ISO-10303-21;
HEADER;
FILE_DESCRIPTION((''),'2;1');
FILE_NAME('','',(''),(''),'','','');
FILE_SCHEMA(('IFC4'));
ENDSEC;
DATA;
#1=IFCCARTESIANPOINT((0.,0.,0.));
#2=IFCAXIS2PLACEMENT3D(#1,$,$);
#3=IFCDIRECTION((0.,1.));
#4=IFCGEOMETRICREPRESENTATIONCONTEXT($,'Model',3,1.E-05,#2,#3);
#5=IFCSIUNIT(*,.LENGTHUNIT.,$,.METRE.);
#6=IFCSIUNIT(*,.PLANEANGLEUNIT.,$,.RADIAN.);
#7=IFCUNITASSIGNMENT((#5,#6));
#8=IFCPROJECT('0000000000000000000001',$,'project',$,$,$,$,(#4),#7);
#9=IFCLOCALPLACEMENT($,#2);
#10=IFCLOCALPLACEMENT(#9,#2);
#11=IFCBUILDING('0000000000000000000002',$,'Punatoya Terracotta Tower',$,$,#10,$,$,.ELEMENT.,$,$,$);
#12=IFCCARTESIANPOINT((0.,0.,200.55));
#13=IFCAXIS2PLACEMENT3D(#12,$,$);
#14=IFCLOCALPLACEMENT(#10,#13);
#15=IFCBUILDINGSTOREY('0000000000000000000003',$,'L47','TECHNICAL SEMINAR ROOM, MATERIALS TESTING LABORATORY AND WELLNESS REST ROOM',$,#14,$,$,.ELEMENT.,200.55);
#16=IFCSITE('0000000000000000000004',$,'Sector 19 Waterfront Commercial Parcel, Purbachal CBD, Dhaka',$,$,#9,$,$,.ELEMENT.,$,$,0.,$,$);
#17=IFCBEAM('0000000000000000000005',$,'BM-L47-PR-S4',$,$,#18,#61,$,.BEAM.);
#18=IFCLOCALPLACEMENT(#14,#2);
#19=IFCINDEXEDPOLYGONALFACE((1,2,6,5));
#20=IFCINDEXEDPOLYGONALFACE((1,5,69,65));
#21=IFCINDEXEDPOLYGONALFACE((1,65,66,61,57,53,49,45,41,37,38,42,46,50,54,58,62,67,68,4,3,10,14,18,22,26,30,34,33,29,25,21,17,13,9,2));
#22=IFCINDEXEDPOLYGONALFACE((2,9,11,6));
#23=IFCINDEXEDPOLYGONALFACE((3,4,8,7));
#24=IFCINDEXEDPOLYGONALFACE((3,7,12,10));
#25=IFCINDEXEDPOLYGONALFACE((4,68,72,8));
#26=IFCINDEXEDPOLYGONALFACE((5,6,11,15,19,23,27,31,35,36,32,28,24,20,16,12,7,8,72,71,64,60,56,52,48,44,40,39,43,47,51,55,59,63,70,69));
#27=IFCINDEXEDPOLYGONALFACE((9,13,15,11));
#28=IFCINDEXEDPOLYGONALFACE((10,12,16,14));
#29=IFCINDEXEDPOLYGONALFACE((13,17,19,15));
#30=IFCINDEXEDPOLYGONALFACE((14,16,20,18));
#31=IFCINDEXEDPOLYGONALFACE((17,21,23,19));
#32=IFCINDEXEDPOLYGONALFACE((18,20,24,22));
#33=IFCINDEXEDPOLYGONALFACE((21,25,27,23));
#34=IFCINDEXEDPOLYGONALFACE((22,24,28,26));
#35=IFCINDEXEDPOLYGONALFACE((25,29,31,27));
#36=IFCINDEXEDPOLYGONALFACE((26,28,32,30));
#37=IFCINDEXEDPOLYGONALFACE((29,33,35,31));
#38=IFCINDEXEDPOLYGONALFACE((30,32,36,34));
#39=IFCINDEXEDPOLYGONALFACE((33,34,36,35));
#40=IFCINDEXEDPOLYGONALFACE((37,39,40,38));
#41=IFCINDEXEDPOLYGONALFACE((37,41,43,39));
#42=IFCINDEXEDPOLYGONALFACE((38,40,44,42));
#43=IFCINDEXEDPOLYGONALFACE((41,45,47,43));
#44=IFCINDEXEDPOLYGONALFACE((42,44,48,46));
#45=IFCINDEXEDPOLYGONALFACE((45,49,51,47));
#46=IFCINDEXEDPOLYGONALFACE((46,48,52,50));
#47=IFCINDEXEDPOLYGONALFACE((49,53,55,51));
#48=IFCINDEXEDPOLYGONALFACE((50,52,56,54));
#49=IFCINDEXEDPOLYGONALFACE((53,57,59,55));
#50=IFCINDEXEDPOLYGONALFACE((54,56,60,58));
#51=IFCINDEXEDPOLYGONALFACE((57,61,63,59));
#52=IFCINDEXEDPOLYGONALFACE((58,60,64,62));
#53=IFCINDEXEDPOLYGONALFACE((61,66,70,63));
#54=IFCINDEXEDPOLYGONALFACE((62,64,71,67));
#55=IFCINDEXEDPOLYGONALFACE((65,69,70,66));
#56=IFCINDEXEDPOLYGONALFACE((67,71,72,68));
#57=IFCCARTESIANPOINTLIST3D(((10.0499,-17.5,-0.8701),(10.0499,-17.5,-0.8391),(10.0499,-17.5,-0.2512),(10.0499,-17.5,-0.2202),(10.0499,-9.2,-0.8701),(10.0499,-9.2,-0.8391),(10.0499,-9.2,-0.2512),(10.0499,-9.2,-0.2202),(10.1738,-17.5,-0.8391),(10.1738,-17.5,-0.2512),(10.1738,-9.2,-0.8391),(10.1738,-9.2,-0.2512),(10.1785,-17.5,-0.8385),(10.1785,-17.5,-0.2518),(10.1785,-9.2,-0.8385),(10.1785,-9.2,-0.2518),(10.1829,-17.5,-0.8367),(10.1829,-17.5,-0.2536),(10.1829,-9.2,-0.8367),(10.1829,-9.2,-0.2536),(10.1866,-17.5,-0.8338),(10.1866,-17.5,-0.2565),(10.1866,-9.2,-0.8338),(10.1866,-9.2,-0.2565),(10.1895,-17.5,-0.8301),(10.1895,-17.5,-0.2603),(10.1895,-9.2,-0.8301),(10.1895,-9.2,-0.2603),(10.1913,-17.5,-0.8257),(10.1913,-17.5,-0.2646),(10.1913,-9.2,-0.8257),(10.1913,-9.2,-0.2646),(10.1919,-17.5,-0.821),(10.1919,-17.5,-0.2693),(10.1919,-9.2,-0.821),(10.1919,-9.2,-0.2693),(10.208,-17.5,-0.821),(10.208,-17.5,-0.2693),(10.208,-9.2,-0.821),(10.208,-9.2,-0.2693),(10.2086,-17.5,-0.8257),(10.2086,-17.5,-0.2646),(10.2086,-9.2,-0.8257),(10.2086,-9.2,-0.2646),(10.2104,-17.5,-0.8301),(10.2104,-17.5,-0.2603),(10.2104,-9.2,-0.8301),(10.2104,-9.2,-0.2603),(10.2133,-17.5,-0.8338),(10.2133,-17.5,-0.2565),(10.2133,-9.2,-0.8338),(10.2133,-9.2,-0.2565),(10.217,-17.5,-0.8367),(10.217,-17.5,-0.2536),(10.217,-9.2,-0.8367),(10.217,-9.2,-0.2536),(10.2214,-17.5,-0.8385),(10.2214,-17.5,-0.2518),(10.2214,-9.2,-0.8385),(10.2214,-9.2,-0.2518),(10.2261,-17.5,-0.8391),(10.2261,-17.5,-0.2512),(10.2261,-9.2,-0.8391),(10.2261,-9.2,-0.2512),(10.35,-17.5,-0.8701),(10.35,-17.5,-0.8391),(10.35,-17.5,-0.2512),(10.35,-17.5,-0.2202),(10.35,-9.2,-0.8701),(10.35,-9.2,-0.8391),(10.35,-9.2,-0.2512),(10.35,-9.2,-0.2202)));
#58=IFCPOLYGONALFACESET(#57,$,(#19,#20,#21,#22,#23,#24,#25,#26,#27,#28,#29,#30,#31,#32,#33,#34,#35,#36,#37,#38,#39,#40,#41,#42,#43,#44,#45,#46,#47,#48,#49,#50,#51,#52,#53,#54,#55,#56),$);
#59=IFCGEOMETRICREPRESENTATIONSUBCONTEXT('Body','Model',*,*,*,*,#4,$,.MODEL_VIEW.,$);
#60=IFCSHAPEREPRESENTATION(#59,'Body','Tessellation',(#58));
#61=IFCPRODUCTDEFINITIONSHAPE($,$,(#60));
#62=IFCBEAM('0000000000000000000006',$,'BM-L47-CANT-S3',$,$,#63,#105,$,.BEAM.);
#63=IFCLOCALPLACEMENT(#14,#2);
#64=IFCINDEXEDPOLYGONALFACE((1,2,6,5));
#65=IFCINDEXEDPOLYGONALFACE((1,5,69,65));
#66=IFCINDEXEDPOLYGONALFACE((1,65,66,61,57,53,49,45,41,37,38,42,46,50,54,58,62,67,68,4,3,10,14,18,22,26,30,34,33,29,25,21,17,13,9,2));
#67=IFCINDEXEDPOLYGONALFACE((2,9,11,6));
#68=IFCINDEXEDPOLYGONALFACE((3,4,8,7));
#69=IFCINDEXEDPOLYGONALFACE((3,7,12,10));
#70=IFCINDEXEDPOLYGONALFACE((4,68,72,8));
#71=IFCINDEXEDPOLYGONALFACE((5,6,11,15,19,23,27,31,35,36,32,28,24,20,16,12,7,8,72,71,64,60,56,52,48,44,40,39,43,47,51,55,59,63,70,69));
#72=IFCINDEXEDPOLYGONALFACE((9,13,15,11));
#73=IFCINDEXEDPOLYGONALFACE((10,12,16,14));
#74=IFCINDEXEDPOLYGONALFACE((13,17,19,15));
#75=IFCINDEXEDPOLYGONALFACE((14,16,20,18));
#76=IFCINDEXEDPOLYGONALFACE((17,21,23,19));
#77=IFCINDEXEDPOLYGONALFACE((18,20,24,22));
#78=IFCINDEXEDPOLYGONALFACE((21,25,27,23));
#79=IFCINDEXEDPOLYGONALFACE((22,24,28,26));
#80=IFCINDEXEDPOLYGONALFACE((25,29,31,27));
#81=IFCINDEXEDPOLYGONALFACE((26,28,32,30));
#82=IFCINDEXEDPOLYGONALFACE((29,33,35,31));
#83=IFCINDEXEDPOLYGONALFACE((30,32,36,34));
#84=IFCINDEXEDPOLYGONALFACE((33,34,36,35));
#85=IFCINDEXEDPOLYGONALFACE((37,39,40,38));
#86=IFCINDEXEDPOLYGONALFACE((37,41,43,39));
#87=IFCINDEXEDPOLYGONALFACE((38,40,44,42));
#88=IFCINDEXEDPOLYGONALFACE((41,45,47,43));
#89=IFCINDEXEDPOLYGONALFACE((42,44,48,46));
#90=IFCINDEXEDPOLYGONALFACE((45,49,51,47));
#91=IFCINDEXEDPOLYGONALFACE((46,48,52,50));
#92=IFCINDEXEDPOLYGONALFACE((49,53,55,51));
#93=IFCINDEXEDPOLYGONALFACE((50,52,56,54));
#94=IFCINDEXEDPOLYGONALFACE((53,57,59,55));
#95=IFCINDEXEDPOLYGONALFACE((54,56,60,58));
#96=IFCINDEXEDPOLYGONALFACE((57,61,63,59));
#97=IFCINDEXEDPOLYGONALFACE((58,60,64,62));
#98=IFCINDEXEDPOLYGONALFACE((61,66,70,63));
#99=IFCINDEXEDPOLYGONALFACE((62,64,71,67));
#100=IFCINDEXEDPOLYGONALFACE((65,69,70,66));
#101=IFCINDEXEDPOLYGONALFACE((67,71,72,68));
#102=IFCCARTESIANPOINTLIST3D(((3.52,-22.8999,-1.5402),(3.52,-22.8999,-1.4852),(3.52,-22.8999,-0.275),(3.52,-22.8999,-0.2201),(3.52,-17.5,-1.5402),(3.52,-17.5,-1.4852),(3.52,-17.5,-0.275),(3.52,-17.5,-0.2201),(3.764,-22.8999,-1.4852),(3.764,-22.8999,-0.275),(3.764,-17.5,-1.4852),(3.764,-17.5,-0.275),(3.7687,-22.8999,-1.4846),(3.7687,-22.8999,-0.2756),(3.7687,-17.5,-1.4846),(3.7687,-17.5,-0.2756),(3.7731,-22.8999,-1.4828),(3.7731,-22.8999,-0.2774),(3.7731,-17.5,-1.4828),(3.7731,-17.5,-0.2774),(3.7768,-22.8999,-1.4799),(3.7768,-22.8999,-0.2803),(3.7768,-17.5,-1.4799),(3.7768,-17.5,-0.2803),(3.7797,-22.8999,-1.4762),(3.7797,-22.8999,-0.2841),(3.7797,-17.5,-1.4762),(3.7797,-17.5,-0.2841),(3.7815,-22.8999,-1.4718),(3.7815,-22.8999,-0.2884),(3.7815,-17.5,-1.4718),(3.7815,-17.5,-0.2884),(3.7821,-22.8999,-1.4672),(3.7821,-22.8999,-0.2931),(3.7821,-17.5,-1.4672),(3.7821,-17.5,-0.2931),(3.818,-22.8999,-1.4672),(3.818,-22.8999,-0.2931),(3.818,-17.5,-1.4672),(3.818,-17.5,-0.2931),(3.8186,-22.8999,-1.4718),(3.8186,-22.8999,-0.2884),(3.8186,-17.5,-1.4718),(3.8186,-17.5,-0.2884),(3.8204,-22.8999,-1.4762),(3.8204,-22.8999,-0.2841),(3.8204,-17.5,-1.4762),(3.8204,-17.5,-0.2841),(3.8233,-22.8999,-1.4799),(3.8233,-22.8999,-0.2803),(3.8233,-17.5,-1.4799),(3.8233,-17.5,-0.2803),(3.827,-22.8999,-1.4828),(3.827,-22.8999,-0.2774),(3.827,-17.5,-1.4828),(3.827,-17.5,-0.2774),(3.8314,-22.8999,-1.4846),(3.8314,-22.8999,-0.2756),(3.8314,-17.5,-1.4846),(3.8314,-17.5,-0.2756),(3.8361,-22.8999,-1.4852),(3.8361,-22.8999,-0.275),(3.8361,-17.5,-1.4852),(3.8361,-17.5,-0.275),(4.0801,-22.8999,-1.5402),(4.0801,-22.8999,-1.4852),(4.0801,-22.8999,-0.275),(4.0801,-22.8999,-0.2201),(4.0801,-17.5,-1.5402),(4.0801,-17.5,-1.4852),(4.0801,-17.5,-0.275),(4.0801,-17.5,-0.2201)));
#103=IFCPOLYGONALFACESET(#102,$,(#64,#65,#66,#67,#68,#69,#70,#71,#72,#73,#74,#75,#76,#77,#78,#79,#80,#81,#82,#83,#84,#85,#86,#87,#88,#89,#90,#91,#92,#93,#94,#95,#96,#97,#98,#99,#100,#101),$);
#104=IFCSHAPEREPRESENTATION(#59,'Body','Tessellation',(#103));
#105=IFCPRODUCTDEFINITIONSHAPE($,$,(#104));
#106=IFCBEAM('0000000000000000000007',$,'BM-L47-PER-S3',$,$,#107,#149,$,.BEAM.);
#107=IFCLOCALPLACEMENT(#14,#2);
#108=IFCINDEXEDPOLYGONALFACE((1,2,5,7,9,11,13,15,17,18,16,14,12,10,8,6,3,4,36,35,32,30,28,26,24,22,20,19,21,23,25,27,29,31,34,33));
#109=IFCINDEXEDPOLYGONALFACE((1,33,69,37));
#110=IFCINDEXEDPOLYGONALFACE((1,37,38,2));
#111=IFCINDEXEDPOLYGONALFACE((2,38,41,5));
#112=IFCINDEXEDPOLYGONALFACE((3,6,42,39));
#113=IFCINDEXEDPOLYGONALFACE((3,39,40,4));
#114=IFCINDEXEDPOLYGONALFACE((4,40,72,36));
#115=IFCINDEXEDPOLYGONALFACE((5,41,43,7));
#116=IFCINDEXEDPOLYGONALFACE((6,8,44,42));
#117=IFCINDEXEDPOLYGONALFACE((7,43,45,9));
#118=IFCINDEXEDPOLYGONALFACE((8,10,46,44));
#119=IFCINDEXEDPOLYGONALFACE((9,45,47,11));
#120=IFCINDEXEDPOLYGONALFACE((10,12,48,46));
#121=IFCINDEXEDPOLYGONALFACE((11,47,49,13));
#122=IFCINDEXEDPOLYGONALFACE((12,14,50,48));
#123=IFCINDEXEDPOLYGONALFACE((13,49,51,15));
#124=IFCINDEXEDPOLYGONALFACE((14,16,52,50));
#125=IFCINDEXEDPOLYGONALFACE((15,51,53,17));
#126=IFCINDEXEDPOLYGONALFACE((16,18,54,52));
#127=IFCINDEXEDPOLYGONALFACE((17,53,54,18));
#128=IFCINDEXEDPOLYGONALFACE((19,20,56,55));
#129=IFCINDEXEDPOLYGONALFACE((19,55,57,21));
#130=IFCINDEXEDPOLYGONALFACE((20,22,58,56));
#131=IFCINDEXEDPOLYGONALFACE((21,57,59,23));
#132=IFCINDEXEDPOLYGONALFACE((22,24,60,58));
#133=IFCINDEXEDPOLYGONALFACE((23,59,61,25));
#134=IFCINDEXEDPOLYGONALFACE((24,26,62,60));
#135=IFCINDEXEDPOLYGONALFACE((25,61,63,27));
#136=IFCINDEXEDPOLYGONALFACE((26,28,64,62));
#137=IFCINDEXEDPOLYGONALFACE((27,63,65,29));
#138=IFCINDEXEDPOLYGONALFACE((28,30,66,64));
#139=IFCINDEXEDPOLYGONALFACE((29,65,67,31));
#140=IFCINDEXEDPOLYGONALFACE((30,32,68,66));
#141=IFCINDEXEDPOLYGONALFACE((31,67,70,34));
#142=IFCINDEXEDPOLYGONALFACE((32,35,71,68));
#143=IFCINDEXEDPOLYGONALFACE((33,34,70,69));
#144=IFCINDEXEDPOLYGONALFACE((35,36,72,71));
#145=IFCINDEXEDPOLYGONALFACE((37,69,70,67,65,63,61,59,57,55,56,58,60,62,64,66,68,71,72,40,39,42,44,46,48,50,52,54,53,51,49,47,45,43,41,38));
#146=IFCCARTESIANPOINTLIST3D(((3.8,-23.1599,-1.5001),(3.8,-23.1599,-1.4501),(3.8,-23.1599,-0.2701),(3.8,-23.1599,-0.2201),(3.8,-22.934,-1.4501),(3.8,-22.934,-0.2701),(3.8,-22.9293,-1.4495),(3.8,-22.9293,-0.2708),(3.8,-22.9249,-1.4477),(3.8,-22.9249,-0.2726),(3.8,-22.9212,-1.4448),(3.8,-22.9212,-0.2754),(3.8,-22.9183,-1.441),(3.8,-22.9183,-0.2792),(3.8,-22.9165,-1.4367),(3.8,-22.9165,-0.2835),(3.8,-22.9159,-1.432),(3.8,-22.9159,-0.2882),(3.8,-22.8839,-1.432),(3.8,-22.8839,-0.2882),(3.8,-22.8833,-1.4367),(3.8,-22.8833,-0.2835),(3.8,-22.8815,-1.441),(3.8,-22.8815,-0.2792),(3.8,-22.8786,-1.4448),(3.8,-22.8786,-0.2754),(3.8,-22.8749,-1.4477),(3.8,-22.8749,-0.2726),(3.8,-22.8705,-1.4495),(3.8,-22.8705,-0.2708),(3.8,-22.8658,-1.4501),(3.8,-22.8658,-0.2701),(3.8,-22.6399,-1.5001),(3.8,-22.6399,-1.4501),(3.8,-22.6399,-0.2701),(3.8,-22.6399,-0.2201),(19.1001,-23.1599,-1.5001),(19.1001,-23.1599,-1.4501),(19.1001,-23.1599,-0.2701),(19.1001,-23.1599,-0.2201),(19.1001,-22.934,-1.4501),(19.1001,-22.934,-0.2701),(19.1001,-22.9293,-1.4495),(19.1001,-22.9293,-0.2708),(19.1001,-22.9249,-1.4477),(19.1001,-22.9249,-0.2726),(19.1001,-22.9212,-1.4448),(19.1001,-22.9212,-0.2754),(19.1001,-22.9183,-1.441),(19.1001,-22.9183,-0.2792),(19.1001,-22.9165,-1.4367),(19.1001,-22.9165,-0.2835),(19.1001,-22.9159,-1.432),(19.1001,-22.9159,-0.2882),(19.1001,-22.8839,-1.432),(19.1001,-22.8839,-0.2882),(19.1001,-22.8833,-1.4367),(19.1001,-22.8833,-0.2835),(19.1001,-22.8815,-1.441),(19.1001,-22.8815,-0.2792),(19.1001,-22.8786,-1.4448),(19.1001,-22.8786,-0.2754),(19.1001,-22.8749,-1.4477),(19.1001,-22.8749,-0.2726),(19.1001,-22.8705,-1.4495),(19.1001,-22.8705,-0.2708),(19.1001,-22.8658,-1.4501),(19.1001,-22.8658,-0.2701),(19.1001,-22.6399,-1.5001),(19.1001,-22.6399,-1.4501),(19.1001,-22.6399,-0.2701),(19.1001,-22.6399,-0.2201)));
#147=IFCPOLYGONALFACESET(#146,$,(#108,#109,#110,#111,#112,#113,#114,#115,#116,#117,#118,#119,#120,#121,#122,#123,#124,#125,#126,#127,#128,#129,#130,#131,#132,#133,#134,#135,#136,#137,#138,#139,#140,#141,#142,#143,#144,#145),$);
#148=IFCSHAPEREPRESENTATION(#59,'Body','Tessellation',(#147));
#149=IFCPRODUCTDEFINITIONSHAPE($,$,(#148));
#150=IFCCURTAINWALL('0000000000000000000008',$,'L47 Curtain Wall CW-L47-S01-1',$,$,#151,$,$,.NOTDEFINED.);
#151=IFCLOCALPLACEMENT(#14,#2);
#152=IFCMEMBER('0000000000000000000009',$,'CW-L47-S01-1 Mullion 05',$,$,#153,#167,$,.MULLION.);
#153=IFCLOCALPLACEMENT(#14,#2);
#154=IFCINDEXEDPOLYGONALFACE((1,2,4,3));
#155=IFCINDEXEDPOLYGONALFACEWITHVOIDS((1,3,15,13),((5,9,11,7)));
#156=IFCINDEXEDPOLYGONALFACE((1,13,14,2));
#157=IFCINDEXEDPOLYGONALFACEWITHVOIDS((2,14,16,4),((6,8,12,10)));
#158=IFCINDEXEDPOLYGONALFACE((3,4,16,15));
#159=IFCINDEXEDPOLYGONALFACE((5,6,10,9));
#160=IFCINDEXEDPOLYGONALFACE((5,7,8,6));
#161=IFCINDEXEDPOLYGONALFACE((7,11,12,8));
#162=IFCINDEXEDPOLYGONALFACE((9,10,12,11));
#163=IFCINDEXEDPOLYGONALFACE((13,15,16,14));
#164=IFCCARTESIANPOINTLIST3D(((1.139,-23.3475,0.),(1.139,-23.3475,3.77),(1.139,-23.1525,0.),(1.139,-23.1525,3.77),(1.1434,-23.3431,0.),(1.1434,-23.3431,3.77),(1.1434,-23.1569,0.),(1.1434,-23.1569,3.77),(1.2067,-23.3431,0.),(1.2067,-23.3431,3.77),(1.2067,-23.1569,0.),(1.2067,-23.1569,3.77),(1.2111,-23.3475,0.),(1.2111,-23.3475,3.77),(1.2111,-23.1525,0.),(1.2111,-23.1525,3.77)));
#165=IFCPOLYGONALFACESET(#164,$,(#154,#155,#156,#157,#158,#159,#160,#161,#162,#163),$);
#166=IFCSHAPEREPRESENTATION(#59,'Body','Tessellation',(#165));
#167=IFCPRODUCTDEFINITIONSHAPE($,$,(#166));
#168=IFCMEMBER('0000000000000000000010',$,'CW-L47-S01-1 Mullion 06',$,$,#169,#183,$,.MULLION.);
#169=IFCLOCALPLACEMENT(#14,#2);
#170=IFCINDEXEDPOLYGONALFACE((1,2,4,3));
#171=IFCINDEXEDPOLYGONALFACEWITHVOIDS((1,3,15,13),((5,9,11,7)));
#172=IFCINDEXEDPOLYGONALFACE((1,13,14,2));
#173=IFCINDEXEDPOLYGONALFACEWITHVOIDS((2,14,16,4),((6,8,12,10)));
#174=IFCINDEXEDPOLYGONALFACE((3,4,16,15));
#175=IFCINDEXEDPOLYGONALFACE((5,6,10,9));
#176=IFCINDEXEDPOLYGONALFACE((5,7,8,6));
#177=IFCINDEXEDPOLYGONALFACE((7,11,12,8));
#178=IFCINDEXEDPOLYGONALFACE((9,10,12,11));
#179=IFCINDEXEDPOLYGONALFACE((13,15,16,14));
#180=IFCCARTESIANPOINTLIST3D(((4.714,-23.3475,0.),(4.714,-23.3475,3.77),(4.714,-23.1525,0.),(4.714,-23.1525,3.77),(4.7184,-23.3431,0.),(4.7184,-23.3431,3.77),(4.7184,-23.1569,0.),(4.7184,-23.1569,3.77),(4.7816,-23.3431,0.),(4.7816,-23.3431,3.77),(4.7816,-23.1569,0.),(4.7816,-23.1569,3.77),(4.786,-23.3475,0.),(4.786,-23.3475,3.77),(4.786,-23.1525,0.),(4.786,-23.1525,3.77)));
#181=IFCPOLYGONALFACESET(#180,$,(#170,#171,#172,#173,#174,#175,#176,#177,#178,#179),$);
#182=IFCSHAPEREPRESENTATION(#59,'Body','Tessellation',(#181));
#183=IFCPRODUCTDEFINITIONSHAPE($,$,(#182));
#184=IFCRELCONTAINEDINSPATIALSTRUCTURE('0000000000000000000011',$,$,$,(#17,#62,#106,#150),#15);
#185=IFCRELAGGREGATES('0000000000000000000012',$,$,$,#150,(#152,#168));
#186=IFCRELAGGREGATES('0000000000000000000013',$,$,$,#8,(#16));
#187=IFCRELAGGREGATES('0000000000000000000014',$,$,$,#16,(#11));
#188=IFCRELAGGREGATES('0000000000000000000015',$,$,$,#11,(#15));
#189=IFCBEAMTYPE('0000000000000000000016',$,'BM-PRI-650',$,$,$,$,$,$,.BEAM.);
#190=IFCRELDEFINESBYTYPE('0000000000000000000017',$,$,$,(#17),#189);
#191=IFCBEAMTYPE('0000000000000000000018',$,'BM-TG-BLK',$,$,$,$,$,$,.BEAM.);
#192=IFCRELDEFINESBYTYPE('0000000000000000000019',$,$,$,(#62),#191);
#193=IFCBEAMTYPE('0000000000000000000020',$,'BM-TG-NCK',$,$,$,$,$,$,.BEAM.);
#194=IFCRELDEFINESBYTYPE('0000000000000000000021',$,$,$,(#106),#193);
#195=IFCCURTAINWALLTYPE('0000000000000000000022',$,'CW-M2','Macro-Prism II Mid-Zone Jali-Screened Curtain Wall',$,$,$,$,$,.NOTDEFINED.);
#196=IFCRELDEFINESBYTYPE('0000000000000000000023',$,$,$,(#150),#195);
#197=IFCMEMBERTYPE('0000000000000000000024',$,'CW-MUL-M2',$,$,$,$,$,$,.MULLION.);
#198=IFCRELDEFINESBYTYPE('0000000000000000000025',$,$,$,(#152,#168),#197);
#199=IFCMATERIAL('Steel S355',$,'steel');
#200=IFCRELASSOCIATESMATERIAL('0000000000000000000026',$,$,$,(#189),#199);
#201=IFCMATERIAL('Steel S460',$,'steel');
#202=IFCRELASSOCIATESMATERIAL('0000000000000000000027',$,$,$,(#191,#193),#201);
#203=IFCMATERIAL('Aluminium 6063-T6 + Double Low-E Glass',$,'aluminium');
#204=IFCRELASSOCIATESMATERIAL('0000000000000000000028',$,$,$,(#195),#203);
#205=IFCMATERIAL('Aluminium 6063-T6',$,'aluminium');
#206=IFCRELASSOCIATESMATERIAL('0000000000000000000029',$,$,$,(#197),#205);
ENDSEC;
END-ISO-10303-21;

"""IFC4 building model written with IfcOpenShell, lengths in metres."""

from ifc_helpers import new_model, si_unit, direction, frame, origin, origin_2d, place, context, subcontext, project, spatial, hollow_rectangle, i_section, extrude, material, material_profile, profile_set, type_object, element, aggregate, save


model = new_model("IFC4")

# Units and contexts
model_context = context("Model", 3, precision=1e-05, world=origin(), true_north=direction((0.0, 1.0)))
body_context = subcontext(model_context, "Body", "Model", "MODEL_VIEW")
ifc_project = project(units=[si_unit("LENGTHUNIT", "METRE"), si_unit("PLANEANGLEUNIT", "RADIAN")], contexts=[model_context])

# Site, building, storey
site_placement = place(None, origin())
site = spatial("IfcSite", under=ifc_project, at=site_placement, Name="Sector 19 Waterfront Commercial Parcel, Purbachal CBD, Dhaka", CompositionType="ELEMENT", RefElevation=0.0)
building_placement = place(site_placement, origin())
building = spatial("IfcBuilding", under=site, at=building_placement, Name="Punatoya Terracotta Tower", CompositionType="ELEMENT")
storey_placement = place(building_placement, frame((0.0, 0.0, 200.55)))
storey = spatial("IfcBuildingStorey", under=building, at=storey_placement, Name="L47", Description="TECHNICAL SEMINAR ROOM, MATERIALS TESTING LABORATORY AND WELLNESS REST ROOM", CompositionType="ELEMENT", Elevation=200.55)

# Shared definitions
ifc_material_1 = material(Name="Steel S460", Category="steel")

# Beams
ifc_material_2 = material(Name="Steel S355", Category="steel")
ifc_material_profile_1 = material_profile(ifc_material_2, i_section(OverallWidth=0.3, OverallDepth=0.6499, WebThickness=0.0161, FlangeThickness=0.031, FilletRadius=0.0181, at=origin_2d()))
ifc_profile_set_1 = profile_set([ifc_material_profile_1], Name="Steel S355")
beam_type_1 = type_object("IfcBeamType", Name="BM-PRI-650", PredefinedType="BEAM", material=ifc_profile_set_1)
for number, where, z_axis, x_axis, name in (
    (1, (10.2, -17.5, -0.5452), (0.0, 1.0, 0.0), (-1.0, 0.0, 0.0), "BM-L47-PR-S4"),
):
    element("IfcBeam", number, at=place(storey_placement, frame(where, z_axis=z_axis, x_axis=x_axis)), inside=storey, type_object=beam_type_1, Name=name, PredefinedType="BEAM", context=body_context, shape_type="SweptSolid", body=[
        extrude(i_section(OverallWidth=0.3, OverallDepth=0.6499, WebThickness=0.0161, FlangeThickness=0.031, FilletRadius=0.0181, at=origin_2d()), origin(), (0.0, 0.0, 1.0), 8.3),
    ])
ifc_material_profile_2 = material_profile(ifc_material_1, i_section(OverallWidth=0.5601, OverallDepth=1.3201, WebThickness=0.0359, FlangeThickness=0.0549, FilletRadius=0.0181, at=origin_2d()))
ifc_profile_set_2 = profile_set([ifc_material_profile_2], Name="Steel S460")
beam_type_2 = type_object("IfcBeamType", Name="BM-TG-BLK", PredefinedType="BEAM", material=ifc_profile_set_2)
beam_1_placement = place(storey_placement, frame((3.8, -22.8999, -0.8801), z_axis=(0.0, 1.0, 0.0), x_axis=(-1.0, 0.0, 0.0)))
element("IfcBeam", 2, at=beam_1_placement, inside=storey, type_object=beam_type_2, Name="BM-L47-CANT-S3", PredefinedType="BEAM", context=body_context, shape_type="SweptSolid", body=[
    extrude(i_section(OverallWidth=0.5601, OverallDepth=1.3201, WebThickness=0.0359, FlangeThickness=0.0549, FilletRadius=0.0181, at=origin_2d()), origin(), (0.0, 0.0, 1.0), 5.3999),
])
ifc_material_profile_3 = material_profile(ifc_material_1, i_section(OverallWidth=0.52, OverallDepth=1.28, WebThickness=0.032, FlangeThickness=0.05, FilletRadius=0.0181, at=origin_2d()))
ifc_profile_set_3 = profile_set([ifc_material_profile_3], Name="Steel S460")
beam_type_3 = type_object("IfcBeamType", Name="BM-TG-NCK", PredefinedType="BEAM", material=ifc_profile_set_3)
beam_2_placement = place(storey_placement, frame((3.8, -22.8999, -0.8601), z_axis=(1.0, 0.0, 0.0), x_axis=(0.0, 1.0, 0.0)))
element("IfcBeam", 3, at=beam_2_placement, inside=storey, type_object=beam_type_3, Name="BM-L47-PER-S3", PredefinedType="BEAM", context=body_context, shape_type="SweptSolid", body=[
    extrude(i_section(OverallWidth=0.52, OverallDepth=1.28, WebThickness=0.032, FlangeThickness=0.05, FilletRadius=0.0181, at=origin_2d()), origin(), (0.0, 0.0, 1.0), 15.3),
])

# Curtain wall, members
ifc_material_3 = material(Name="Aluminium 6063-T6 + Double Low-E Glass", Category="aluminium")
curtain_wall_type = type_object("IfcCurtainWallType", Name="CW-M2", Description="Macro-Prism II Mid-Zone Jali-Screened Curtain Wall", PredefinedType="NOTDEFINED", material=ifc_material_3)
curtain_wall_placement = place(storey_placement, origin())
curtain_wall = element("IfcCurtainWall", 4, at=curtain_wall_placement, inside=storey, type_object=curtain_wall_type, Name="L47 Curtain Wall CW-L47-S01-1", PredefinedType="NOTDEFINED")
ifc_material_4 = material(Name="Aluminium 6063-T6", Category="aluminium")
ifc_material_profile_4 = material_profile(ifc_material_4, hollow_rectangle(XDim=0.072, YDim=0.1951, WallThickness=0.0044, at=origin_2d()))
ifc_profile_set_4 = profile_set([ifc_material_profile_4], Name="Aluminium 6063-T6")
member_type = type_object("IfcMemberType", Name="CW-MUL-M2", PredefinedType="MULLION", material=ifc_profile_set_4)
member_1_placement = place(storey_placement, frame((1.175, -23.25, 0.0), z_axis=(0.0, 0.0, 1.0), x_axis=(1.0, 0.0, 0.0)))
member_1 = element("IfcMember", 5, at=member_1_placement, type_object=member_type, Name="CW-L47-S01-1 Mullion 05", PredefinedType="MULLION", context=body_context, shape_type="SweptSolid", body=[
    extrude(hollow_rectangle(XDim=0.072, YDim=0.1951, WallThickness=0.0044, at=origin_2d()), origin(), (0.0, 0.0, 1.0), 3.77),
])
member_2_placement = place(storey_placement, frame((4.75, -23.25, 0.0), z_axis=(0.0, 0.0, 1.0), x_axis=(1.0, 0.0, 0.0)))
member_2 = element("IfcMember", 6, at=member_2_placement, type_object=member_type, Name="CW-L47-S01-1 Mullion 06", PredefinedType="MULLION", context=body_context, shape_type="SweptSolid", body=[
    extrude(hollow_rectangle(XDim=0.072, YDim=0.1951, WallThickness=0.0044, at=origin_2d()), origin(), (0.0, 0.0, 1.0), 3.77),
])
aggregate(curtain_wall, [member_1, member_2])

save(model, "model.ifc")
